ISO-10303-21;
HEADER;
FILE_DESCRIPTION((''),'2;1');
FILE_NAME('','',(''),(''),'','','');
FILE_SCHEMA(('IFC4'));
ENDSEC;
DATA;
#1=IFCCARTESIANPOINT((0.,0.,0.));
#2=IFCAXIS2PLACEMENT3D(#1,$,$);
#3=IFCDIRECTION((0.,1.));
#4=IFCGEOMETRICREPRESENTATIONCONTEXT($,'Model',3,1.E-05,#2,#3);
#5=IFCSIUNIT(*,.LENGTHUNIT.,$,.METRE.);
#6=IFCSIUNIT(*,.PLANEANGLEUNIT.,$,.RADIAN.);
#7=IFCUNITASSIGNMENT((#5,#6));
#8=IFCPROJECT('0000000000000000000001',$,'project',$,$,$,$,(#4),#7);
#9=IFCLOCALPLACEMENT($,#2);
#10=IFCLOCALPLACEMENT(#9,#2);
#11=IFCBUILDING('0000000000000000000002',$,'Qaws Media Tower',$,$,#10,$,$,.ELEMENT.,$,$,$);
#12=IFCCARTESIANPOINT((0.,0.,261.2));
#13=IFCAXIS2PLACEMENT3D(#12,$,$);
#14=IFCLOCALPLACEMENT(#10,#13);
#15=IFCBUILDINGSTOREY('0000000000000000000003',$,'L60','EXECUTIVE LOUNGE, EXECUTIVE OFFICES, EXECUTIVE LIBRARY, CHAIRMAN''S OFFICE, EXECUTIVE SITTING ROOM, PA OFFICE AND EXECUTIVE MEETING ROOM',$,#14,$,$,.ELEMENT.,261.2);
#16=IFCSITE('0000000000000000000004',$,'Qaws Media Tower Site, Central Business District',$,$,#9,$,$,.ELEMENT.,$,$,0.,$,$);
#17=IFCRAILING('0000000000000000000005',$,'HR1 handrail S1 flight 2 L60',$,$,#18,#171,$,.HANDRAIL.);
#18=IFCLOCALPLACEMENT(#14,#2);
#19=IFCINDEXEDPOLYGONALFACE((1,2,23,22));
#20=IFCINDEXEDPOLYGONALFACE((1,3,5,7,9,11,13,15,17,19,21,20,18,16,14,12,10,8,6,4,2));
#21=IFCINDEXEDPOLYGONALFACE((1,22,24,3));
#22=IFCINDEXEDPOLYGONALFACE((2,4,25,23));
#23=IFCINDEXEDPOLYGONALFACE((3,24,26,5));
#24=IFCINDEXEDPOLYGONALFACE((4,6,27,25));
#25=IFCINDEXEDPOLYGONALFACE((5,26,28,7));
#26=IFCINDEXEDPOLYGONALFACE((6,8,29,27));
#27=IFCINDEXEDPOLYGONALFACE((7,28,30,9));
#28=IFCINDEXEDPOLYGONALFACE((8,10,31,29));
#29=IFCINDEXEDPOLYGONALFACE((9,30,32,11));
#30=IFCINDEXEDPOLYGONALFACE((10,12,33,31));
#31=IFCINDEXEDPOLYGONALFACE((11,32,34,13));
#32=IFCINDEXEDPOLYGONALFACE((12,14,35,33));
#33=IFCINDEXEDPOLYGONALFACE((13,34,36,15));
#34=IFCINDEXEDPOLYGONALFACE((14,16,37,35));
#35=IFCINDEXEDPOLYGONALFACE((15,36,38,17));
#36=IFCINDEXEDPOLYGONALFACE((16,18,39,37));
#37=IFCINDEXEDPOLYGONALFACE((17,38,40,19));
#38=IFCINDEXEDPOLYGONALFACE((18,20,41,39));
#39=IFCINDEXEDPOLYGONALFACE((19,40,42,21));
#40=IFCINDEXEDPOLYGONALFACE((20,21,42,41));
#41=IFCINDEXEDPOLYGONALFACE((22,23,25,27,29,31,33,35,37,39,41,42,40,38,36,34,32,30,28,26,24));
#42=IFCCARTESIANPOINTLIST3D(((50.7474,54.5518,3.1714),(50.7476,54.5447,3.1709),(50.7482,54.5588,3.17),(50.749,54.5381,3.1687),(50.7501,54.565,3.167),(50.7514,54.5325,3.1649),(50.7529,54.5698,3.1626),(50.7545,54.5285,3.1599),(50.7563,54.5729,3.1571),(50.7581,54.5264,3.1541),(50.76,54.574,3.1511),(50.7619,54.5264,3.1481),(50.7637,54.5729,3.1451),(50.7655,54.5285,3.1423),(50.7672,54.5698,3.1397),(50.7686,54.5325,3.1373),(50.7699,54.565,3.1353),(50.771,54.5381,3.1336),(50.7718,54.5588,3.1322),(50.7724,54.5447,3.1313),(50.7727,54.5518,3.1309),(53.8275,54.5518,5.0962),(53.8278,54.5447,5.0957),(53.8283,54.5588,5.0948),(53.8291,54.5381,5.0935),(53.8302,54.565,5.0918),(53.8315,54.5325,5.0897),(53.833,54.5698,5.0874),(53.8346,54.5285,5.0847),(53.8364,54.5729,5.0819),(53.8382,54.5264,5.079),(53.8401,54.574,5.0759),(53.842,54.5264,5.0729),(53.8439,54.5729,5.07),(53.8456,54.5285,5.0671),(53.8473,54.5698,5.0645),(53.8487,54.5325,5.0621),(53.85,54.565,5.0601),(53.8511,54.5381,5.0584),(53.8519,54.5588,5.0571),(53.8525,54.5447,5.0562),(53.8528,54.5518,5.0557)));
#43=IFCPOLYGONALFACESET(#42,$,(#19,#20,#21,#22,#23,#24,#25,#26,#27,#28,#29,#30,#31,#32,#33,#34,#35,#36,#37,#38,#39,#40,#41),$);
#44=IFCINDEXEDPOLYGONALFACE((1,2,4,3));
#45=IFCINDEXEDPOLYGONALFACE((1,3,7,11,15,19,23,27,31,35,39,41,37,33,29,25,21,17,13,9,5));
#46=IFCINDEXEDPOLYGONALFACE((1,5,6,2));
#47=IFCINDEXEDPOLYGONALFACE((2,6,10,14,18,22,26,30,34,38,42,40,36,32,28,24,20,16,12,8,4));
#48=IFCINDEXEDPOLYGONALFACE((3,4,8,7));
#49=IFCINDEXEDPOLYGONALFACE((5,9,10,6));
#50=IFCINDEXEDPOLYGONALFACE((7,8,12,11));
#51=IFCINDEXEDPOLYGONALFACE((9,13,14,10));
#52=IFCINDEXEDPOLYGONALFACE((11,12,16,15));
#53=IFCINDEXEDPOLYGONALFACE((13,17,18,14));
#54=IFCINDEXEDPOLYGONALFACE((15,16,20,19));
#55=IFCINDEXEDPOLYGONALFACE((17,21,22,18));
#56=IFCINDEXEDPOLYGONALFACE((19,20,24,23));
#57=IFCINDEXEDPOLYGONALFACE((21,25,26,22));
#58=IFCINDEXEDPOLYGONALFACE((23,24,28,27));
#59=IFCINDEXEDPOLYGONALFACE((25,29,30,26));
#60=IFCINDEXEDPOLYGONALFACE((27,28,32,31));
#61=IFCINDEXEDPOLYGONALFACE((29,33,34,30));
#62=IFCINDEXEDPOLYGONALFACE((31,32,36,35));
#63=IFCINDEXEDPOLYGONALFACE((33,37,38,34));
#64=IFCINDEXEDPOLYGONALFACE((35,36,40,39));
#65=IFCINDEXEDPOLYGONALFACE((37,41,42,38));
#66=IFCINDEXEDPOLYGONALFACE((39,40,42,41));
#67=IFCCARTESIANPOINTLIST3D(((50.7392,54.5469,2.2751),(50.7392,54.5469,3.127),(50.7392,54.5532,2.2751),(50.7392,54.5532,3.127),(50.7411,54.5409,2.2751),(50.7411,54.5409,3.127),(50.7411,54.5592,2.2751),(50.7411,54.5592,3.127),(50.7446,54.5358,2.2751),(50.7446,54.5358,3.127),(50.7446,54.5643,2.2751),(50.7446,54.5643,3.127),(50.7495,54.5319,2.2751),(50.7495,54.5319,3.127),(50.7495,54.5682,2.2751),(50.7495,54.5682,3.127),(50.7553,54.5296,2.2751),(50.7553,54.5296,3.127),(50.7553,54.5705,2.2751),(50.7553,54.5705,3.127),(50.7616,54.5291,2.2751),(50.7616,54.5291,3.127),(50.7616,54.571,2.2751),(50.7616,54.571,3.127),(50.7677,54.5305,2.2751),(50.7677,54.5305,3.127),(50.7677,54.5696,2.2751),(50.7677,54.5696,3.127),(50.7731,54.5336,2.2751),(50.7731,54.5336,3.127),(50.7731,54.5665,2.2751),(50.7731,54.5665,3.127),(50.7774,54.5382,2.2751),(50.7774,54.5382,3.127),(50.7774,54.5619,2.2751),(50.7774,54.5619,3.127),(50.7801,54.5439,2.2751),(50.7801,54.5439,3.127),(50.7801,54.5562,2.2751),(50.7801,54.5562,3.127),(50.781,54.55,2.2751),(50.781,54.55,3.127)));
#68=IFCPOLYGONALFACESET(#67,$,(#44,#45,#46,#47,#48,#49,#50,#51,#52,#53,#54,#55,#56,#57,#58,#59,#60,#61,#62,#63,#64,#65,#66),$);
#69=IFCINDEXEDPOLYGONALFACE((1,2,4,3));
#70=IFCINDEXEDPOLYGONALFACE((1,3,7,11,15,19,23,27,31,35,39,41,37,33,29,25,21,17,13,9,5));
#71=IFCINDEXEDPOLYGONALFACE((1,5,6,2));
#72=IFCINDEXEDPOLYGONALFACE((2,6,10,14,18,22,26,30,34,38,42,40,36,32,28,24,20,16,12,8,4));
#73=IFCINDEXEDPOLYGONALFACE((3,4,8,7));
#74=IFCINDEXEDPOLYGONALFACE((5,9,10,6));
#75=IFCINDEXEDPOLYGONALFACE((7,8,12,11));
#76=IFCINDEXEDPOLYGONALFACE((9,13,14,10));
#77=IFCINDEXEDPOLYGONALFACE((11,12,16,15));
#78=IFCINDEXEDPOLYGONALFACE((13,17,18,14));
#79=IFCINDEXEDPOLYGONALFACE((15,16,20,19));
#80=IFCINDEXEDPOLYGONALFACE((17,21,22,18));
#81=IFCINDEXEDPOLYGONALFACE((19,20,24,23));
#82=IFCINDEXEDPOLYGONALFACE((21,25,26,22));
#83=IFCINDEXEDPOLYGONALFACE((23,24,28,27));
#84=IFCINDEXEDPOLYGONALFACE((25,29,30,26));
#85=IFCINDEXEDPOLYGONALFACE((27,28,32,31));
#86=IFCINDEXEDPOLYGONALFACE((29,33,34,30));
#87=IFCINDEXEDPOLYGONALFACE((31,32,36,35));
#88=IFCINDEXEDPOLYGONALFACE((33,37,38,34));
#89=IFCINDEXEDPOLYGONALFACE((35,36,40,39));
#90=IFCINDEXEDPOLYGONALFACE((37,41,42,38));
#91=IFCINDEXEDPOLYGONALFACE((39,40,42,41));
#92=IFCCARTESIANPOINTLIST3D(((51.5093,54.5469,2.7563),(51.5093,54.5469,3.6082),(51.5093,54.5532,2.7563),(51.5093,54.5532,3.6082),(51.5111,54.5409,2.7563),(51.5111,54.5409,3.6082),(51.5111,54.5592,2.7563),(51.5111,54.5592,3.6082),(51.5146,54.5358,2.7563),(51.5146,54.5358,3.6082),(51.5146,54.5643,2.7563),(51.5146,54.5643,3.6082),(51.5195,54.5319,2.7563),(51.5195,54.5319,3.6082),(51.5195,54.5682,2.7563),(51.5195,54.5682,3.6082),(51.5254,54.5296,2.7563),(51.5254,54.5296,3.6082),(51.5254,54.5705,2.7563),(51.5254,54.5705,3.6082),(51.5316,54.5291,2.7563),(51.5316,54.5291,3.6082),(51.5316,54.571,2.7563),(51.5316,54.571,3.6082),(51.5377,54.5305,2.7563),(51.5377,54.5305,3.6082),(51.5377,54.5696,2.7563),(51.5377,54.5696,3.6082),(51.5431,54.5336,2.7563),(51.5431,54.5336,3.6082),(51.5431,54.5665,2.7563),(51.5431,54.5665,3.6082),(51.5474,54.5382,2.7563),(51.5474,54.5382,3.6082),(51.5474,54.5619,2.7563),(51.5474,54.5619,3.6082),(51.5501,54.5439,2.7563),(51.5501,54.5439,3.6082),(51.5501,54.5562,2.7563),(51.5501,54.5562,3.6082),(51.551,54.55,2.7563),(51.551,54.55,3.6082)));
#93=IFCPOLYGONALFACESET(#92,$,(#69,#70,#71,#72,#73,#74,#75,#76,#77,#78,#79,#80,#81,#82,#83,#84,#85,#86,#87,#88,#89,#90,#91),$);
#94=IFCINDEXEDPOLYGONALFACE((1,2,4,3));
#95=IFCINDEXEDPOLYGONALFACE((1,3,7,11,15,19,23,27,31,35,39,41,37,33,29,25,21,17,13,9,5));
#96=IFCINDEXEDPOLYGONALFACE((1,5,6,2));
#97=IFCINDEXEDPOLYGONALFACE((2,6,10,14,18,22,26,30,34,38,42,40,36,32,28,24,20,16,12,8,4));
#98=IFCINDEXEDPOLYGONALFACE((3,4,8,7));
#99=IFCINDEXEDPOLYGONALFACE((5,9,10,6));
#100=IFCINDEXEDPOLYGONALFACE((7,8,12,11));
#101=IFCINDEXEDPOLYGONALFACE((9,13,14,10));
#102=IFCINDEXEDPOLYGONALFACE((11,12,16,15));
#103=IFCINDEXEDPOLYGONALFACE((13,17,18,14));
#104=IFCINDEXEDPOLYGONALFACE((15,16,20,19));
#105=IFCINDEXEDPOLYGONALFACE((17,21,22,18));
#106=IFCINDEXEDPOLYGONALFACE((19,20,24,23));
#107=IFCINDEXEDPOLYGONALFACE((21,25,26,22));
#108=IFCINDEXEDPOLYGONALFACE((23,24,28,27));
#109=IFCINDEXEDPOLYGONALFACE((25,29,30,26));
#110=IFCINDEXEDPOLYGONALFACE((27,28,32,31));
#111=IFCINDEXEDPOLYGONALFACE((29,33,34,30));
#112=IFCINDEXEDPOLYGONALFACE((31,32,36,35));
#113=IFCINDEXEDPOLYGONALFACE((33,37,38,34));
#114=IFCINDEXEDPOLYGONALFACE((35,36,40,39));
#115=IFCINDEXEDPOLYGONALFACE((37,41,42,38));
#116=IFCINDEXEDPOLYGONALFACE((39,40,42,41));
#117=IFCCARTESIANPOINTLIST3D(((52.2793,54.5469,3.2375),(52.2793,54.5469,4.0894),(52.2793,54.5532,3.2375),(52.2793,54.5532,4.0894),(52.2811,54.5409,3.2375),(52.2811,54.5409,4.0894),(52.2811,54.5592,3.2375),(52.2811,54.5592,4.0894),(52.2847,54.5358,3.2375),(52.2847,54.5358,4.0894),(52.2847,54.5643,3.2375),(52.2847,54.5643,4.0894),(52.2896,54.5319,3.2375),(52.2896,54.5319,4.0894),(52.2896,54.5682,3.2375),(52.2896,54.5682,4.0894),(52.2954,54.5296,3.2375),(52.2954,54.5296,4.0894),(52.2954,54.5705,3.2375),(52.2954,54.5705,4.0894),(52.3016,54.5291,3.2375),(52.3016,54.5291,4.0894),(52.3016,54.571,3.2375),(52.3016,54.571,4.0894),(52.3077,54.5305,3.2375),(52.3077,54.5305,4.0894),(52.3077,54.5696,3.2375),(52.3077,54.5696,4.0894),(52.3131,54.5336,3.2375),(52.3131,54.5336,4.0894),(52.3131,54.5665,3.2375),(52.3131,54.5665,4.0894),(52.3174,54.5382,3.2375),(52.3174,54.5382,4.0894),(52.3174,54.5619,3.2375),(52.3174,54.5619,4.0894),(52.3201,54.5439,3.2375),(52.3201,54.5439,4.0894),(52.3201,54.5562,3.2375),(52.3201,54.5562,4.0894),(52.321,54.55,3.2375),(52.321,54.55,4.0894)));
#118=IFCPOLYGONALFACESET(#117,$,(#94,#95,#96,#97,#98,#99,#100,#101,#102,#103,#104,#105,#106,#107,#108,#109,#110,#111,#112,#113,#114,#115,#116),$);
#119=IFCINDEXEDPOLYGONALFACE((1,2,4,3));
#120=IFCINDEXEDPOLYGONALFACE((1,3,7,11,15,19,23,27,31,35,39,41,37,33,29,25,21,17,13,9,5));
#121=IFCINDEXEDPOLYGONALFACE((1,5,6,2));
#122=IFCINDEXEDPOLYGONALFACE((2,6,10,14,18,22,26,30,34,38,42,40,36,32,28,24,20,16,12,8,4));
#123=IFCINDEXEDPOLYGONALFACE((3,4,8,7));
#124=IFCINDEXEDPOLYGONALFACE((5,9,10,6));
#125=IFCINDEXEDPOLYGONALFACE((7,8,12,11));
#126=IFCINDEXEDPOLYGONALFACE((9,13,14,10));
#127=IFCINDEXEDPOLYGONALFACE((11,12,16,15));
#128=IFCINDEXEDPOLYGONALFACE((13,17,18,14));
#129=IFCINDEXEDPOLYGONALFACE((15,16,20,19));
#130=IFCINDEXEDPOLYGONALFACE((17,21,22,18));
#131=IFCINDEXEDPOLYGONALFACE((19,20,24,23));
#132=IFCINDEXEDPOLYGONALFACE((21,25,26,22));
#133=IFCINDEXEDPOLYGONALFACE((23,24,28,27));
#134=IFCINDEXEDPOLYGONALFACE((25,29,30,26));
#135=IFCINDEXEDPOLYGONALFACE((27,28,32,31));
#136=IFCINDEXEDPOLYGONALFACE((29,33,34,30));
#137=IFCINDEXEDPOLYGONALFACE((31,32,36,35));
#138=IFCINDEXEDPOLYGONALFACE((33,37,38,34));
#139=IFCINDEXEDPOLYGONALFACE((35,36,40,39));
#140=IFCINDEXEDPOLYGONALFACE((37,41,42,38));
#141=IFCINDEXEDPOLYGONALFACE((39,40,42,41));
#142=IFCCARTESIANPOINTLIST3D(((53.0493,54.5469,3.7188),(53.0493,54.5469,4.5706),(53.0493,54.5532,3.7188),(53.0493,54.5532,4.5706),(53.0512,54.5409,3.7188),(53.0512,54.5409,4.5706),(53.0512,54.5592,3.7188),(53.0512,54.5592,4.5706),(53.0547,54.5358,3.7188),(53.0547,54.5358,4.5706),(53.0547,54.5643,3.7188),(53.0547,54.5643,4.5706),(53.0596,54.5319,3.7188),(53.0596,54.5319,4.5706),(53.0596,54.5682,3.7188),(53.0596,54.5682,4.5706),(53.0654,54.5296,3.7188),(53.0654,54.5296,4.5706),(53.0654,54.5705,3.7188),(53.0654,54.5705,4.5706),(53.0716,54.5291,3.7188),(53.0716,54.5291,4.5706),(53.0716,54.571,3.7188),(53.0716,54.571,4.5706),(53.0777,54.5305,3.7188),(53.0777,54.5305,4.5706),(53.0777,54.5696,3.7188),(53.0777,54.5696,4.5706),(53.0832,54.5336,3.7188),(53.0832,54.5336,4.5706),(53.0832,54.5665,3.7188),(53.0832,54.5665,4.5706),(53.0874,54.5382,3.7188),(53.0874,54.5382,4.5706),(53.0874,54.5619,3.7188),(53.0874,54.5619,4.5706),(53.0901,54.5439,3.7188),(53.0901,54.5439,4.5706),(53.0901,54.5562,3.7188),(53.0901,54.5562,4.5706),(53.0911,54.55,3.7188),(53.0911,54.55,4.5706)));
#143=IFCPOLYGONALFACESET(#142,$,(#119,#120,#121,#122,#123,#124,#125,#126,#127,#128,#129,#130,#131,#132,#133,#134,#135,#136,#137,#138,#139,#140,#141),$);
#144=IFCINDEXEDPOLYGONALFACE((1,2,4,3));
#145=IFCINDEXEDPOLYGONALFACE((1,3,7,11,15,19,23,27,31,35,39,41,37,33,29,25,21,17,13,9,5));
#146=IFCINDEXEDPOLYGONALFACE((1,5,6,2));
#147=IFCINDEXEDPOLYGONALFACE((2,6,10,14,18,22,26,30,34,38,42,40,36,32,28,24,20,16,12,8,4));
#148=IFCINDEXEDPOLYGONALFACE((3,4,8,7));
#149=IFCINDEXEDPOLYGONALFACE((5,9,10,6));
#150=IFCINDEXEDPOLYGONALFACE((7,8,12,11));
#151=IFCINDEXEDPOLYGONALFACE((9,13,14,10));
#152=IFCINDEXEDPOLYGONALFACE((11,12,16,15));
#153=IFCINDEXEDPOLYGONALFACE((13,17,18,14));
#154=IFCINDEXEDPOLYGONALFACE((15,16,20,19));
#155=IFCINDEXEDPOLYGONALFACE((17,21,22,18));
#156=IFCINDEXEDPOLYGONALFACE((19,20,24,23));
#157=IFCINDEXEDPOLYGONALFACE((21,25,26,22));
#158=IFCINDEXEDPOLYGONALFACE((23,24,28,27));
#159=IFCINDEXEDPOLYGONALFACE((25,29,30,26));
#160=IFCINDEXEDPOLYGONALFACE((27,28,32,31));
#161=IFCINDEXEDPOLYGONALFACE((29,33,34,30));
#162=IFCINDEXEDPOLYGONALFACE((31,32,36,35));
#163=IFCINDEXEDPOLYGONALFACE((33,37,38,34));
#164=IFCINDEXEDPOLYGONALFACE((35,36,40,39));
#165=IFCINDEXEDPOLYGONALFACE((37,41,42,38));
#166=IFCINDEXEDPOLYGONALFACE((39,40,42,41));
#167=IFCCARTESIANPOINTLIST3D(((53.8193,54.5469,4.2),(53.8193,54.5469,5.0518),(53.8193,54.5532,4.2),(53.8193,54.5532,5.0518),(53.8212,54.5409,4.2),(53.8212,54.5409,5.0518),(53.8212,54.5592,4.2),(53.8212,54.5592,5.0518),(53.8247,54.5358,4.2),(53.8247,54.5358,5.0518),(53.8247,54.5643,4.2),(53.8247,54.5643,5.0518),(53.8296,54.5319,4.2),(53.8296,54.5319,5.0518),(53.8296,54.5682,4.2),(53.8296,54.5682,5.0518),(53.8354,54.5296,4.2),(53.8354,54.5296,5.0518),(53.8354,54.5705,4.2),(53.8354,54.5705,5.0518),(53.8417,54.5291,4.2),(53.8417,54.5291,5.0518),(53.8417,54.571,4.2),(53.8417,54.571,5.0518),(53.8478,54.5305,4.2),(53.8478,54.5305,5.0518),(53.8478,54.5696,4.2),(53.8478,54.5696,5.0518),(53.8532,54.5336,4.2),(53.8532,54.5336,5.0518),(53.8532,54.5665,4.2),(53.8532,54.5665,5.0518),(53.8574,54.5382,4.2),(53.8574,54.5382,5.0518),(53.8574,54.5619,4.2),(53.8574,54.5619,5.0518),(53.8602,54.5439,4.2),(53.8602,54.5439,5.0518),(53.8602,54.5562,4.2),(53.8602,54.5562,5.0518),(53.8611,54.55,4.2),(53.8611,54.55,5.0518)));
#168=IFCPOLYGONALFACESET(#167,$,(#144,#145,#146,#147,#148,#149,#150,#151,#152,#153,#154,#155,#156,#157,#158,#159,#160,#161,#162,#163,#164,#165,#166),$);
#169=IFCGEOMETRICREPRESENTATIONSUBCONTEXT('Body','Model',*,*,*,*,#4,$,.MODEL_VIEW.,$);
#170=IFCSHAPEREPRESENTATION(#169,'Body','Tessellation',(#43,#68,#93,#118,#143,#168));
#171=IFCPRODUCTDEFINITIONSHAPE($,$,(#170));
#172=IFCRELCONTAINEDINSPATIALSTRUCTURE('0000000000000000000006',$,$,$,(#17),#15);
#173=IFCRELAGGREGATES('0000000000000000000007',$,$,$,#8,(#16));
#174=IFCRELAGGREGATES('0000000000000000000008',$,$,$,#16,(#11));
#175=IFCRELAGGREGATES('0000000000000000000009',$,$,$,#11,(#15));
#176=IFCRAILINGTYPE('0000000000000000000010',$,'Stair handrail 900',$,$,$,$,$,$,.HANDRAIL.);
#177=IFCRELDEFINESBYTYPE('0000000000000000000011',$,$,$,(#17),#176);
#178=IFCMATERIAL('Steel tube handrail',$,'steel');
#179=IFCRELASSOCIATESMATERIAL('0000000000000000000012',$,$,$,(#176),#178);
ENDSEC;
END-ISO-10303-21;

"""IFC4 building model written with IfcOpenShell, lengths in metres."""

from ifc_helpers import new_model, si_unit, direction, frame, origin, origin_2d, place, context, subcontext, project, spatial, circle, extrude, material, type_object, element, save


model = new_model("IFC4")

# Units and contexts
model_context = context("Model", 3, precision=1e-05, world=origin(), true_north=direction((0.0, 1.0)))
body_context = subcontext(model_context, "Body", "Model", "MODEL_VIEW")
ifc_project = project(units=[si_unit("LENGTHUNIT", "METRE"), si_unit("PLANEANGLEUNIT", "RADIAN")], contexts=[model_context])

# Site, building, storey
site_placement = place(None, origin())
site = spatial("IfcSite", under=ifc_project, at=site_placement, Name="Qaws Media Tower Site, Central Business District", CompositionType="ELEMENT", RefElevation=0.0)
building_placement = place(site_placement, origin())
building = spatial("IfcBuilding", under=site, at=building_placement, Name="Qaws Media Tower", CompositionType="ELEMENT")
storey_placement = place(building_placement, frame((0.0, 0.0, 261.2)))
storey = spatial("IfcBuildingStorey", under=building, at=storey_placement, Name="L60", Description="EXECUTIVE LOUNGE, EXECUTIVE OFFICES, EXECUTIVE LIBRARY, CHAIRMAN'S OFFICE, EXECUTIVE SITTING ROOM, PA OFFICE AND EXECUTIVE MEETING ROOM", CompositionType="ELEMENT", Elevation=261.2)

# Railing
ifc_material_1 = material(Name="Steel tube handrail", Category="steel")
railing_type = type_object("IfcRailingType", Name="Stair handrail 900", PredefinedType="HANDRAIL", material=ifc_material_1)
for number, where, name in (
    (1, (50.76, 54.55, 2.2751), "HR1 handrail S1 flight 2 L60"),
):
    element("IfcRailing", number, at=place(storey_placement, frame(where)), inside=storey, type_object=railing_type, Name=name, PredefinedType="HANDRAIL", context=body_context, shape_type="SweptSolid", body=[
        extrude(circle(Radius=0.0239, at=origin_2d()), frame((0.0, 0.0, 0.876), z_axis=(0.848029, 0.0, 0.529951), x_axis=(0.0, 1.0, 0.0)), (0.0, 0.0, 1.0), 3.6321),
        extrude(circle(Radius=0.021, at=origin_2d()), origin(), (0.0, 0.0, 1.0), 0.8518),
        extrude(circle(Radius=0.021, at=origin_2d()), frame((0.77, 0.0, 0.4812)), (0.0, 0.0, 1.0), 0.8518),
        extrude(circle(Radius=0.021, at=origin_2d()), frame((1.54, 0.0, 0.9624)), (0.0, 0.0, 1.0), 0.8518),
        extrude(circle(Radius=0.021, at=origin_2d()), frame((2.3101, 0.0, 1.4436)), (0.0, 0.0, 1.0), 0.8518),
        extrude(circle(Radius=0.021, at=origin_2d()), frame((3.0801, 0.0, 1.9248)), (0.0, 0.0, 1.0), 0.8518),
    ])

save(model, "model.ifc")
